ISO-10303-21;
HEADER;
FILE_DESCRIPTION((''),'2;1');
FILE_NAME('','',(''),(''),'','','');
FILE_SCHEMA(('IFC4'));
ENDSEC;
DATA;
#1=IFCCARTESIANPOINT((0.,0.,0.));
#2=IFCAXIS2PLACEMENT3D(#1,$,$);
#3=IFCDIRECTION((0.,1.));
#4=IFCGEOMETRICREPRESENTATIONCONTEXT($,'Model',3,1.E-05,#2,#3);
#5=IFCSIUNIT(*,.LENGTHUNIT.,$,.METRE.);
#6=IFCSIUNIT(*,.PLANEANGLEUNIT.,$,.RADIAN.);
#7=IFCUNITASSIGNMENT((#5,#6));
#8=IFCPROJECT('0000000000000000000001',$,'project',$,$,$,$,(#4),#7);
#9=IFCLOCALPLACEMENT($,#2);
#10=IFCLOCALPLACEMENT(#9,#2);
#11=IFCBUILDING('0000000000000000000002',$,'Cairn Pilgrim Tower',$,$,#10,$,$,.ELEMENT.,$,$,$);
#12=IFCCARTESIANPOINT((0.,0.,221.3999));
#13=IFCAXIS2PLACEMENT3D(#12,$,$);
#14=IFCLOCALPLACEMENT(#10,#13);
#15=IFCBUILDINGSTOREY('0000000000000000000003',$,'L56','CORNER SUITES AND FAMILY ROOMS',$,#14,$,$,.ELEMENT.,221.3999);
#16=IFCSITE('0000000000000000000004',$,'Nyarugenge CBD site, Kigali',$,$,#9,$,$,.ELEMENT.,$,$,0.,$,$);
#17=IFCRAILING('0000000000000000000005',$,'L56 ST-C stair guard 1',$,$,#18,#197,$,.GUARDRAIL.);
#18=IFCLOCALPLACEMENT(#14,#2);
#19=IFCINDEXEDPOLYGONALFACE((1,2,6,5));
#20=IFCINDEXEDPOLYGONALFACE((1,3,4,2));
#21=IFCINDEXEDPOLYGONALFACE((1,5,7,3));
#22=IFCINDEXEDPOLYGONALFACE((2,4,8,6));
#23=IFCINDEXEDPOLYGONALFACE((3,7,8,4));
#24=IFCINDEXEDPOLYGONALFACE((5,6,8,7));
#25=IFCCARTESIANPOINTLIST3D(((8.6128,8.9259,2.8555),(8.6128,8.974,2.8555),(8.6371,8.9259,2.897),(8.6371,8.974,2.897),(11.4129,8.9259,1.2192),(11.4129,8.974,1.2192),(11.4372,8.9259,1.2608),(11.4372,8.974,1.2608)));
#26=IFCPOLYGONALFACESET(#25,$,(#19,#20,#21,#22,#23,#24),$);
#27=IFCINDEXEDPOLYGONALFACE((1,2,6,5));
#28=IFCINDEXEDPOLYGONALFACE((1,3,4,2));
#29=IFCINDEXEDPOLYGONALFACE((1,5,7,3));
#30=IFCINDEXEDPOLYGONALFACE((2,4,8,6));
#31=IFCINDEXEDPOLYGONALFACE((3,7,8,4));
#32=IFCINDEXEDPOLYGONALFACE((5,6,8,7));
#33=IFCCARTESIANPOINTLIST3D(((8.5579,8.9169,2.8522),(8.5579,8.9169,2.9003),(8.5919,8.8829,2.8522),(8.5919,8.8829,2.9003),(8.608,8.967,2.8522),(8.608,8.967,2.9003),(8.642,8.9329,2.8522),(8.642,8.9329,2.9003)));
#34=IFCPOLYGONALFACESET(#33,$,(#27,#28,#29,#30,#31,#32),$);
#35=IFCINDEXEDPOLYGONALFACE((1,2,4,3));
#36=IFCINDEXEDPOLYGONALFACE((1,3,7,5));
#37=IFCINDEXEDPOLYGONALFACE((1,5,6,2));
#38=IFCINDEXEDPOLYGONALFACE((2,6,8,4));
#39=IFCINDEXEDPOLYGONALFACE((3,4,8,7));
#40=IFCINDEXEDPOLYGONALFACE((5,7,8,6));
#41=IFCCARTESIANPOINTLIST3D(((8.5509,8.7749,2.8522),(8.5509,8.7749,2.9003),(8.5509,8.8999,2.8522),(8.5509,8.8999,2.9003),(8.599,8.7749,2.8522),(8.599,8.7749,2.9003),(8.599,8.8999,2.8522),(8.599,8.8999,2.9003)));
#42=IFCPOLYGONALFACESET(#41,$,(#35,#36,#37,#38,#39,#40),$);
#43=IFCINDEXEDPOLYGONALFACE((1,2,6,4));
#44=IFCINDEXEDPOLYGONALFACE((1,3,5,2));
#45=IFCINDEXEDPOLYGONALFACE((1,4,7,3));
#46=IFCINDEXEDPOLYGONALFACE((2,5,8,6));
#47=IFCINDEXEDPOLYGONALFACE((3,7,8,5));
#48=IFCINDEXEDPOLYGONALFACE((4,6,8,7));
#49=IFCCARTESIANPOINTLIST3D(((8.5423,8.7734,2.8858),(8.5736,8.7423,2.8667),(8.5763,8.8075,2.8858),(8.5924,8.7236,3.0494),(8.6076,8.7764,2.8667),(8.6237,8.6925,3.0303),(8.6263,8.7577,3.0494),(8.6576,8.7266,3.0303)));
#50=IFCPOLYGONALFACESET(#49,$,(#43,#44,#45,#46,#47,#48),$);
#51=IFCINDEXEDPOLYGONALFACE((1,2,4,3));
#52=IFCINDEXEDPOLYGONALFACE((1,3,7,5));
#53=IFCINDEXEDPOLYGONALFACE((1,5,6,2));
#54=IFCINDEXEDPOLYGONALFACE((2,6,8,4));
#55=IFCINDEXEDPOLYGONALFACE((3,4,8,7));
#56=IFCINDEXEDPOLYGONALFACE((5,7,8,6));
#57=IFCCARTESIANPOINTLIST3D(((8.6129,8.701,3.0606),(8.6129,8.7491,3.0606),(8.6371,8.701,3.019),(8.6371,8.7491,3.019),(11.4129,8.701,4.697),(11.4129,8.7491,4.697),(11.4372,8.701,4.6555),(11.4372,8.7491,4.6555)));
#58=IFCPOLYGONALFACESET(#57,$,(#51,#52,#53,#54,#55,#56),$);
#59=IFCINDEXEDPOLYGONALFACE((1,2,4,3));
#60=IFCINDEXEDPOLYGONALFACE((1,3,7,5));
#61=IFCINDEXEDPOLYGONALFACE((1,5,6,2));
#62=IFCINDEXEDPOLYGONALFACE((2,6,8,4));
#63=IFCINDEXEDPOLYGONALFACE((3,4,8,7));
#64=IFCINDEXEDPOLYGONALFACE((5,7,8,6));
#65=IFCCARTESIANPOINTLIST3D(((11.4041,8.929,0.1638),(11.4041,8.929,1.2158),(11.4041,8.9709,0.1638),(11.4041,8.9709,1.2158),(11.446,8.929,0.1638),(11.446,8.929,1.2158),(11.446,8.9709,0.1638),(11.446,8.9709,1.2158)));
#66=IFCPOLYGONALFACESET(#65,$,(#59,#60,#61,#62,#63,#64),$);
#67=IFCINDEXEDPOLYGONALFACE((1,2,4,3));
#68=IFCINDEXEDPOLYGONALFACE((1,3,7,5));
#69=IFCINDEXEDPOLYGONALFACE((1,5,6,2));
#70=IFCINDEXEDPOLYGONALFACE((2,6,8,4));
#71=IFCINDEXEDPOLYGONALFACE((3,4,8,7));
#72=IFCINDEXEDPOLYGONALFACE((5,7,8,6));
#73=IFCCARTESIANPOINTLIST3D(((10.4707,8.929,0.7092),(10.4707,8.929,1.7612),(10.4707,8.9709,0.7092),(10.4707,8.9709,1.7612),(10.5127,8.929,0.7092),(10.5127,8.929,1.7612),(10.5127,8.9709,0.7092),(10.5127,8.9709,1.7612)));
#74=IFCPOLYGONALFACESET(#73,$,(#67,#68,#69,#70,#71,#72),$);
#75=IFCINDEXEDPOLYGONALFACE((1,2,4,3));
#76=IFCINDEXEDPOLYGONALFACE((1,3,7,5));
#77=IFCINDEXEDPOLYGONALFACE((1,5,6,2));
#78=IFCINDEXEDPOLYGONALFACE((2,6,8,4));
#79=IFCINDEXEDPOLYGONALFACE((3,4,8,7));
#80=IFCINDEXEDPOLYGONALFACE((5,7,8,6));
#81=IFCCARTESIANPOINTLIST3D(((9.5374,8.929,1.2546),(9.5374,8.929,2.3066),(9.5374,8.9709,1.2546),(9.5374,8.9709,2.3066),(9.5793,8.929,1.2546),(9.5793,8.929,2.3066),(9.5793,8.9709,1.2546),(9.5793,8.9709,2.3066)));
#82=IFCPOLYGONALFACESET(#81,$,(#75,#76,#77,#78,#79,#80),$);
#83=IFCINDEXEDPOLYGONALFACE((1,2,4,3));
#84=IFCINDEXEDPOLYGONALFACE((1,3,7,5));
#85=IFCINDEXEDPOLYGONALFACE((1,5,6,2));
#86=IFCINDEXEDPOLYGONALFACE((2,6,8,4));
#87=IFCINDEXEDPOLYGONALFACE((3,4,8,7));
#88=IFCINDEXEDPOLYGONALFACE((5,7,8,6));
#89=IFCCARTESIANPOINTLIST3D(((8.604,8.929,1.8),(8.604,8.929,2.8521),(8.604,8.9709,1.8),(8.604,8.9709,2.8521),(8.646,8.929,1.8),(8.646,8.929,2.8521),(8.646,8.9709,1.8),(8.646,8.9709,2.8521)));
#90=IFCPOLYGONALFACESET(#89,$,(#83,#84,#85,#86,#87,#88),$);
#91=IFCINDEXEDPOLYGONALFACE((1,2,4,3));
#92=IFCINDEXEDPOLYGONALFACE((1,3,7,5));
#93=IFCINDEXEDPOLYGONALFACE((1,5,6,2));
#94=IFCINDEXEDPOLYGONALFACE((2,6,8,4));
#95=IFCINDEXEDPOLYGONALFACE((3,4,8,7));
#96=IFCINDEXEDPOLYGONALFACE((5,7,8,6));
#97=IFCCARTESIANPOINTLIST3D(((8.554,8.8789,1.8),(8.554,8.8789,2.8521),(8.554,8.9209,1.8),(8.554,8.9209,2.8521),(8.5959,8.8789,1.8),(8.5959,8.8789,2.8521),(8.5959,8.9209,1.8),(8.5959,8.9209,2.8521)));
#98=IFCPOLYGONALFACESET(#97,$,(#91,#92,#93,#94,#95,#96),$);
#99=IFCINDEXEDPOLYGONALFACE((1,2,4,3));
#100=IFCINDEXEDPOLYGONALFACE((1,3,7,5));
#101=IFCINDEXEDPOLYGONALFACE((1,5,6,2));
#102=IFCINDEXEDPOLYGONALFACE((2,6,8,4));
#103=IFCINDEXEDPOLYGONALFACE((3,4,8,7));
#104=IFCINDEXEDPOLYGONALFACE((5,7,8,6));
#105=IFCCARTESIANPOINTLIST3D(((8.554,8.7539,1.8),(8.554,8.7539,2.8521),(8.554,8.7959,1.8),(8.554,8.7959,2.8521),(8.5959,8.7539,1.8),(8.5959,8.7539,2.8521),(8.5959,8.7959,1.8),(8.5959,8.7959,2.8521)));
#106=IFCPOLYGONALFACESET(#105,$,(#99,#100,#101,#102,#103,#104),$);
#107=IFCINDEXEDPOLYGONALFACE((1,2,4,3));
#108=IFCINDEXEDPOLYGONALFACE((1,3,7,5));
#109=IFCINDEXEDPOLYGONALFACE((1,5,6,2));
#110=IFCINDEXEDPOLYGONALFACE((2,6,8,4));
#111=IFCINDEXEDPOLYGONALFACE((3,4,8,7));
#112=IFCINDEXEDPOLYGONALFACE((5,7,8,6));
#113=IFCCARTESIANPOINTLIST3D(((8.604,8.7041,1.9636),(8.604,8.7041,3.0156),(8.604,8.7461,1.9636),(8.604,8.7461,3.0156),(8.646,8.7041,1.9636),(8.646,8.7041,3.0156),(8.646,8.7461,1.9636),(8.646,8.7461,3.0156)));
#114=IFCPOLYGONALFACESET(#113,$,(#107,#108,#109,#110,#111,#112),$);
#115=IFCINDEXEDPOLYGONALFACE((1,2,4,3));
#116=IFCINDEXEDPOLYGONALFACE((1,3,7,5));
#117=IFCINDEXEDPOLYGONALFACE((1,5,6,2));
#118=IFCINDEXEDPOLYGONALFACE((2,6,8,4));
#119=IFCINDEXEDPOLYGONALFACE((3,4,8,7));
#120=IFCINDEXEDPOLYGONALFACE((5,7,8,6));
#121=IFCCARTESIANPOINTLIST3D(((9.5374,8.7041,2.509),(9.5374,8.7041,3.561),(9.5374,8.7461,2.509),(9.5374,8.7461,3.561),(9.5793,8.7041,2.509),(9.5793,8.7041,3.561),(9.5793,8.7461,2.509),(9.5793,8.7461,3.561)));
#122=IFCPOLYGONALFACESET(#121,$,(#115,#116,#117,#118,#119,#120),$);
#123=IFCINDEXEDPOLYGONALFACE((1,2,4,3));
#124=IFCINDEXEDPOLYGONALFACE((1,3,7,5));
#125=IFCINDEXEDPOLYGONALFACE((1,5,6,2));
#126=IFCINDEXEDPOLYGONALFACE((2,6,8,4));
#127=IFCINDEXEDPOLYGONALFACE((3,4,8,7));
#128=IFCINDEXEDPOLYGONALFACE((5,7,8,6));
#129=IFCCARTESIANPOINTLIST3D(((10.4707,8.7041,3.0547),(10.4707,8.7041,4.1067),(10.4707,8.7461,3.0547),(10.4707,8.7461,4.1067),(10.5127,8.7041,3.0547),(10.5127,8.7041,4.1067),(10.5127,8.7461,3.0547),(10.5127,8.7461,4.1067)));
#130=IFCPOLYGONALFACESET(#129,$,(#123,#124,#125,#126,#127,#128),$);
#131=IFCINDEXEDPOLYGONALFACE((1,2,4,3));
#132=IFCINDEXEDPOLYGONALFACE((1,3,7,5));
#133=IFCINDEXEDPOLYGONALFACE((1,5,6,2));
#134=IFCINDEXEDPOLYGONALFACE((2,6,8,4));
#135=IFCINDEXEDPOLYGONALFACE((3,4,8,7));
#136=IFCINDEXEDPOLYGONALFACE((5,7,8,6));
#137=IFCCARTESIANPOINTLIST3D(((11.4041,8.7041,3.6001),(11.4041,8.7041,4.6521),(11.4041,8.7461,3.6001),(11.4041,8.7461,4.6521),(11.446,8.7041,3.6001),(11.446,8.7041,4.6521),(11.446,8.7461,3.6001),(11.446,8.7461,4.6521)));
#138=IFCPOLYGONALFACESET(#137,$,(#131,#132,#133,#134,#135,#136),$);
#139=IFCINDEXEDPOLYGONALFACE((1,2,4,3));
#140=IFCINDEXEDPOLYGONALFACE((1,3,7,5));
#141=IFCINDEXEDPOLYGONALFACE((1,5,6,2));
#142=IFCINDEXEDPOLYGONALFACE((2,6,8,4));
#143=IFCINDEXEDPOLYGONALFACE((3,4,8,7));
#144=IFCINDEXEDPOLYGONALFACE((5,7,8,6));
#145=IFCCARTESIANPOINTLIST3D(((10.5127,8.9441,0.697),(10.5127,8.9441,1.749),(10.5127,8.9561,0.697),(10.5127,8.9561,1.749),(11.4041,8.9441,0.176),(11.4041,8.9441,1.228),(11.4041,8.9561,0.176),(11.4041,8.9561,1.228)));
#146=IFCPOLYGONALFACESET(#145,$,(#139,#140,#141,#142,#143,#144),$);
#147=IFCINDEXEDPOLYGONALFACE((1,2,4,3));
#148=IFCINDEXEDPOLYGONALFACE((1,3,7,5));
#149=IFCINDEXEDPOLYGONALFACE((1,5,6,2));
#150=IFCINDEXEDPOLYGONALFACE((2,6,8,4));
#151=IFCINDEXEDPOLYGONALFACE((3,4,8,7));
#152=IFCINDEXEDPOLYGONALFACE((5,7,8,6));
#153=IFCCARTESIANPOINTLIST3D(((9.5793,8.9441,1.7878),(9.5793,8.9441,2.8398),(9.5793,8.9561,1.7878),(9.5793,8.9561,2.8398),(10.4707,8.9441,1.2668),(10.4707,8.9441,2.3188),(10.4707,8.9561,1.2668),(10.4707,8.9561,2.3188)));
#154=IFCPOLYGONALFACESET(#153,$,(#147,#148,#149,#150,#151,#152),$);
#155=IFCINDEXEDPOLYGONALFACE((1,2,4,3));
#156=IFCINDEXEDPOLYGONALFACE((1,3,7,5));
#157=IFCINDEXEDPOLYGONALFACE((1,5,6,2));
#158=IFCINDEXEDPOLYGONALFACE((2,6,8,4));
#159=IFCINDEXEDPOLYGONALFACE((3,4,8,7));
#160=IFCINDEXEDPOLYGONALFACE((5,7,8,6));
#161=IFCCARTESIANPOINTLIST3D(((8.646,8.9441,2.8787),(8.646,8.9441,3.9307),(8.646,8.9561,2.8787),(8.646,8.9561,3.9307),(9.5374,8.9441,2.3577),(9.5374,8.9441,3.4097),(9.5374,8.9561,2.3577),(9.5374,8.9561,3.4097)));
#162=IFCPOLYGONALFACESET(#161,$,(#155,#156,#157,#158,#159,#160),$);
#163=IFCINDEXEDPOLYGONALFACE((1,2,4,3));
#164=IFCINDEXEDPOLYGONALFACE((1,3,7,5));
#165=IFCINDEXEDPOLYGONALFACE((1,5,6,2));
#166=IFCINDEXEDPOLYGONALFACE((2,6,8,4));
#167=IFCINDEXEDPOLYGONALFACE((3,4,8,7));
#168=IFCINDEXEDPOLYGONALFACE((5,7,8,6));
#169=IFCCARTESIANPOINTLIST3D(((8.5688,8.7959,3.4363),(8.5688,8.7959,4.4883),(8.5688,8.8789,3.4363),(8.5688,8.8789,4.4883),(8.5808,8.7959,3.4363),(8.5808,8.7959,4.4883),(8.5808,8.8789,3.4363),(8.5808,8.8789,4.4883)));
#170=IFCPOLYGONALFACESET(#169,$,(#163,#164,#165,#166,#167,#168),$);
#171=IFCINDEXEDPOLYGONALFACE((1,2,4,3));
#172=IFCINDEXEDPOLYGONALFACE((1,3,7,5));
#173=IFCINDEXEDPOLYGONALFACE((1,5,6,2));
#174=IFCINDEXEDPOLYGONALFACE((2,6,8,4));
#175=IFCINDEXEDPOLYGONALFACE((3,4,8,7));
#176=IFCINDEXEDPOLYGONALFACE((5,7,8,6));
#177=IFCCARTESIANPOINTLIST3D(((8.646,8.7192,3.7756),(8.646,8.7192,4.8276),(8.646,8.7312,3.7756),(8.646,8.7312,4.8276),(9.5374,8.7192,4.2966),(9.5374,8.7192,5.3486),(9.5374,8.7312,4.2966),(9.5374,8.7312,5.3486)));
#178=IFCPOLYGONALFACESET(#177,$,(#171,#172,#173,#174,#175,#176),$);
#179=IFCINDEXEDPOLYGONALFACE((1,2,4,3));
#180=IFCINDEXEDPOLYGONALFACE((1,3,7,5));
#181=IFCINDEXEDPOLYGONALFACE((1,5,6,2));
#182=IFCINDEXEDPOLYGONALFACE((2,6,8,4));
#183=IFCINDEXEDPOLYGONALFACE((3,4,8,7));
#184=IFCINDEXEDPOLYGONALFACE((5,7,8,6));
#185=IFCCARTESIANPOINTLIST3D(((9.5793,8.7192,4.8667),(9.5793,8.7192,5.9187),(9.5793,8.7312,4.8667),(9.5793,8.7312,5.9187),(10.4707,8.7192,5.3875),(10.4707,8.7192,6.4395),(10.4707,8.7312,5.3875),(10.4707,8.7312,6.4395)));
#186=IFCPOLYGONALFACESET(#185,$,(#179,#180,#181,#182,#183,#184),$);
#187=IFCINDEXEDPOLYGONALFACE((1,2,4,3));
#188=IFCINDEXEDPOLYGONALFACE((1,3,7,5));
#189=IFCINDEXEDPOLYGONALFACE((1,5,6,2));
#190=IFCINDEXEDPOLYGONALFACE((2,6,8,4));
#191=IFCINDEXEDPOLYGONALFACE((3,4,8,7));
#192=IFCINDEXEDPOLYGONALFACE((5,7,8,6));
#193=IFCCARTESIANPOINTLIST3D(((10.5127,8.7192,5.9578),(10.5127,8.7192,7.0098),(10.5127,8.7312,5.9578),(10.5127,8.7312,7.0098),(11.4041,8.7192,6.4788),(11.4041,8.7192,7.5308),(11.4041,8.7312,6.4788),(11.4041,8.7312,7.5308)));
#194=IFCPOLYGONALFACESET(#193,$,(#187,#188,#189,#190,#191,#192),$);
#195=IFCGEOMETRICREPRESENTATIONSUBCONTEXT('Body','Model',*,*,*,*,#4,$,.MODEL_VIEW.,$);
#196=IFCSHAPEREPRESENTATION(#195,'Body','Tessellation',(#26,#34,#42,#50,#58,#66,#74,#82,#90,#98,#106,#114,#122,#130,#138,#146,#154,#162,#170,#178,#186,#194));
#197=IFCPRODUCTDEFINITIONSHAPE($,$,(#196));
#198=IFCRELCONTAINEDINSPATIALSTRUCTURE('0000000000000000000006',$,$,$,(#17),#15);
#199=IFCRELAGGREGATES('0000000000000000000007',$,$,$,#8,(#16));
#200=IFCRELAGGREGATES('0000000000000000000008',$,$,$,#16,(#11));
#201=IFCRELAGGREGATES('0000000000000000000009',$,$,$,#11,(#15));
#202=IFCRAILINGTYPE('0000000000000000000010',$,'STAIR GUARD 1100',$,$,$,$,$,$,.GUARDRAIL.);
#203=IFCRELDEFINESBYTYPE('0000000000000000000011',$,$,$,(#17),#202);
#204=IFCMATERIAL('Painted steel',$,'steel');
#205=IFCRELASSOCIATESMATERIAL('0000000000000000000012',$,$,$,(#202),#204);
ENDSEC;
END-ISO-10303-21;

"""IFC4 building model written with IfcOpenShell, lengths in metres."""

from ifc_helpers import new_model, si_unit, direction, frame, origin, origin_2d, place, context, subcontext, project, spatial, polyline, rectangle, outline, extrude, material, type_object, element, save


model = new_model("IFC4")

# Units and contexts
model_context = context("Model", 3, precision=1e-05, world=origin(), true_north=direction((0.0, 1.0)))
body_context = subcontext(model_context, "Body", "Model", "MODEL_VIEW")
ifc_project = project(units=[si_unit("LENGTHUNIT", "METRE"), si_unit("PLANEANGLEUNIT", "RADIAN")], contexts=[model_context])

# Site, building, storey
site_placement = place(None, origin())
site = spatial("IfcSite", under=ifc_project, at=site_placement, Name="Nyarugenge CBD site, Kigali", CompositionType="ELEMENT", RefElevation=0.0)
building_placement = place(site_placement, origin())
building = spatial("IfcBuilding", under=site, at=building_placement, Name="Cairn Pilgrim Tower", CompositionType="ELEMENT")
storey_placement = place(building_placement, frame((0.0, 0.0, 221.3999)))
storey = spatial("IfcBuildingStorey", under=building, at=storey_placement, Name="L56", Description="CORNER SUITES AND FAMILY ROOMS", CompositionType="ELEMENT", Elevation=221.3999)

# Railing
ifc_material_1 = material(Name="Painted steel", Category="steel")
railing_type_1 = type_object("IfcRailingType", Name="STAIR GUARD 1100", PredefinedType="GUARDRAIL", material=ifc_material_1)
railing_1_placement = place(storey_placement, frame((11.425, 8.95, 0.1638)))
element("IfcRailing", 1, at=railing_1_placement, inside=storey, type_object=railing_type_1, Name="L56 ST-C stair guard 1", PredefinedType="GUARDRAIL", context=body_context, shape_type="SweptSolid", body=[
    extrude(rectangle(XDim=0.0481, YDim=0.0481, at=origin_2d()), frame((0.0, 0.0, 1.0762), z_axis=(-0.863394, 0.0, 0.504531), x_axis=(0.0, -1.0, 0.0)), (0.0, 0.0, 1.0), 3.2432),
    extrude(rectangle(XDim=0.0481, YDim=0.0481, at=origin_2d()), frame((-2.8, 0.0, 2.7124), z_axis=(-0.707107, -0.707107, 0.0), x_axis=(0.707107, -0.707107, 0.0)), (0.0, 0.0, 1.0), 0.0708),
    extrude(rectangle(XDim=0.0481, YDim=0.0481, at=origin_2d()), frame((-2.8501, -0.05, 2.7124), z_axis=(0.0, -1.0, 0.0), x_axis=(1.0, 0.0, 0.0)), (0.0, 0.0, 1.0), 0.125),
    extrude(rectangle(XDim=0.0481, YDim=0.0481, at=origin_2d()), frame((-2.8501, -0.175, 2.7124), z_axis=(0.280917, -0.279546, 0.918118), x_axis=(0.705376, 0.708834, 0.0)), (0.0, 0.0, 1.0), 0.1782),
    extrude(rectangle(XDim=0.0481, YDim=0.0481, at=origin_2d()), frame((-2.8, -0.2249, 2.876), z_axis=(0.863361, 0.0, 0.504587), x_axis=(0.0, 1.0, 0.0)), (0.0, 0.0, 1.0), 3.2432),
    extrude(rectangle(XDim=0.042, YDim=0.042, at=origin_2d()), origin(), (0.0, 0.0, 1.0), 1.052),
    extrude(rectangle(XDim=0.042, YDim=0.042, at=origin_2d()), frame((-0.9333, 0.0, 0.5454)), (0.0, 0.0, 1.0), 1.052),
    extrude(rectangle(XDim=0.042, YDim=0.042, at=origin_2d()), frame((-1.8667, 0.0, 1.0908)), (0.0, 0.0, 1.0), 1.052),
    extrude(rectangle(XDim=0.042, YDim=0.042, at=origin_2d()), frame((-2.8, 0.0, 1.6362)), (0.0, 0.0, 1.0), 1.052),
    extrude(rectangle(XDim=0.042, YDim=0.042, at=origin_2d()), frame((-2.8501, -0.05, 1.6362)), (0.0, 0.0, 1.0), 1.052),
    extrude(rectangle(XDim=0.042, YDim=0.042, at=origin_2d()), frame((-2.8501, -0.175, 1.6362)), (0.0, 0.0, 1.0), 1.052),
    extrude(rectangle(XDim=0.042, YDim=0.042, at=origin_2d()), frame((-2.8, -0.2249, 1.7998)), (0.0, 0.0, 1.0), 1.052),
    extrude(rectangle(XDim=0.042, YDim=0.042, at=origin_2d()), frame((-1.8667, -0.2249, 2.3452)), (0.0, 0.0, 1.0), 1.052),
    extrude(rectangle(XDim=0.042, YDim=0.042, at=origin_2d()), frame((-0.9333, -0.2249, 2.8909)), (0.0, 0.0, 1.0), 1.052),
    extrude(rectangle(XDim=0.042, YDim=0.042, at=origin_2d()), frame((0.0, -0.2249, 3.4363)), (0.0, 0.0, 1.0), 1.052),
    extrude(outline(polyline([(0.021, 0.0122), (0.9124, 0.5332), (0.9124, 1.5852), (0.021, 1.0642), (0.021, 0.0122)])), frame((0.0, -0.0059, 0.0), z_axis=(0.0, 1.0, 0.0), x_axis=(-1.0, 0.0, 0.0)), (0.0, 0.0, 1.0), 0.012),
    extrude(outline(polyline([(0.021, 0.5576), (0.9124, 1.0786), (0.9124, 2.1306), (0.021, 1.6096), (0.021, 0.5576)])), frame((-0.9333, -0.0059, 0.5454), z_axis=(0.0, 1.0, 0.0), x_axis=(-1.0, 0.0, 0.0)), (0.0, 0.0, 1.0), 0.012),
    extrude(outline(polyline([(0.021, 1.103), (0.9124, 1.624), (0.9124, 2.676), (0.021, 2.155), (0.021, 1.103)])), frame((-1.8667, -0.0059, 1.0908), z_axis=(0.0, 1.0, 0.0), x_axis=(-1.0, 0.0, 0.0)), (0.0, 0.0, 1.0), 0.012),
    extrude(outline(polyline([(0.021, 1.6362), (0.104, 1.6362), (0.104, 2.6882), (0.021, 2.6882), (0.021, 1.6362)])), frame((-2.8442, -0.05, 1.6362), z_axis=(-1.0, 0.0, 0.0), x_axis=(0.0, -1.0, 0.0)), (0.0, 0.0, 1.0), 0.012),
    extrude(outline(polyline([(0.021, 1.812), (0.9124, 2.333), (0.9124, 3.385), (0.021, 2.864), (0.021, 1.812)])), frame((-2.8, -0.2188, 1.7998), z_axis=(0.0, -1.0, 0.0), x_axis=(1.0, 0.0, 0.0)), (0.0, 0.0, 1.0), 0.012),
    extrude(outline(polyline([(0.021, 2.3577), (0.9124, 2.8784), (0.9124, 3.9304), (0.021, 3.4097), (0.021, 2.3577)])), frame((-1.8667, -0.2188, 2.3452), z_axis=(0.0, -1.0, 0.0), x_axis=(1.0, 0.0, 0.0)), (0.0, 0.0, 1.0), 0.012),
    extrude(outline(polyline([(0.021, 2.9031), (0.9124, 3.4241), (0.9124, 4.4761), (0.021, 3.9551), (0.021, 2.9031)])), frame((-0.9333, -0.2188, 2.8909), z_axis=(0.0, -1.0, 0.0), x_axis=(1.0, 0.0, 0.0)), (0.0, 0.0, 1.0), 0.012),
])

save(model, "model.ifc")
